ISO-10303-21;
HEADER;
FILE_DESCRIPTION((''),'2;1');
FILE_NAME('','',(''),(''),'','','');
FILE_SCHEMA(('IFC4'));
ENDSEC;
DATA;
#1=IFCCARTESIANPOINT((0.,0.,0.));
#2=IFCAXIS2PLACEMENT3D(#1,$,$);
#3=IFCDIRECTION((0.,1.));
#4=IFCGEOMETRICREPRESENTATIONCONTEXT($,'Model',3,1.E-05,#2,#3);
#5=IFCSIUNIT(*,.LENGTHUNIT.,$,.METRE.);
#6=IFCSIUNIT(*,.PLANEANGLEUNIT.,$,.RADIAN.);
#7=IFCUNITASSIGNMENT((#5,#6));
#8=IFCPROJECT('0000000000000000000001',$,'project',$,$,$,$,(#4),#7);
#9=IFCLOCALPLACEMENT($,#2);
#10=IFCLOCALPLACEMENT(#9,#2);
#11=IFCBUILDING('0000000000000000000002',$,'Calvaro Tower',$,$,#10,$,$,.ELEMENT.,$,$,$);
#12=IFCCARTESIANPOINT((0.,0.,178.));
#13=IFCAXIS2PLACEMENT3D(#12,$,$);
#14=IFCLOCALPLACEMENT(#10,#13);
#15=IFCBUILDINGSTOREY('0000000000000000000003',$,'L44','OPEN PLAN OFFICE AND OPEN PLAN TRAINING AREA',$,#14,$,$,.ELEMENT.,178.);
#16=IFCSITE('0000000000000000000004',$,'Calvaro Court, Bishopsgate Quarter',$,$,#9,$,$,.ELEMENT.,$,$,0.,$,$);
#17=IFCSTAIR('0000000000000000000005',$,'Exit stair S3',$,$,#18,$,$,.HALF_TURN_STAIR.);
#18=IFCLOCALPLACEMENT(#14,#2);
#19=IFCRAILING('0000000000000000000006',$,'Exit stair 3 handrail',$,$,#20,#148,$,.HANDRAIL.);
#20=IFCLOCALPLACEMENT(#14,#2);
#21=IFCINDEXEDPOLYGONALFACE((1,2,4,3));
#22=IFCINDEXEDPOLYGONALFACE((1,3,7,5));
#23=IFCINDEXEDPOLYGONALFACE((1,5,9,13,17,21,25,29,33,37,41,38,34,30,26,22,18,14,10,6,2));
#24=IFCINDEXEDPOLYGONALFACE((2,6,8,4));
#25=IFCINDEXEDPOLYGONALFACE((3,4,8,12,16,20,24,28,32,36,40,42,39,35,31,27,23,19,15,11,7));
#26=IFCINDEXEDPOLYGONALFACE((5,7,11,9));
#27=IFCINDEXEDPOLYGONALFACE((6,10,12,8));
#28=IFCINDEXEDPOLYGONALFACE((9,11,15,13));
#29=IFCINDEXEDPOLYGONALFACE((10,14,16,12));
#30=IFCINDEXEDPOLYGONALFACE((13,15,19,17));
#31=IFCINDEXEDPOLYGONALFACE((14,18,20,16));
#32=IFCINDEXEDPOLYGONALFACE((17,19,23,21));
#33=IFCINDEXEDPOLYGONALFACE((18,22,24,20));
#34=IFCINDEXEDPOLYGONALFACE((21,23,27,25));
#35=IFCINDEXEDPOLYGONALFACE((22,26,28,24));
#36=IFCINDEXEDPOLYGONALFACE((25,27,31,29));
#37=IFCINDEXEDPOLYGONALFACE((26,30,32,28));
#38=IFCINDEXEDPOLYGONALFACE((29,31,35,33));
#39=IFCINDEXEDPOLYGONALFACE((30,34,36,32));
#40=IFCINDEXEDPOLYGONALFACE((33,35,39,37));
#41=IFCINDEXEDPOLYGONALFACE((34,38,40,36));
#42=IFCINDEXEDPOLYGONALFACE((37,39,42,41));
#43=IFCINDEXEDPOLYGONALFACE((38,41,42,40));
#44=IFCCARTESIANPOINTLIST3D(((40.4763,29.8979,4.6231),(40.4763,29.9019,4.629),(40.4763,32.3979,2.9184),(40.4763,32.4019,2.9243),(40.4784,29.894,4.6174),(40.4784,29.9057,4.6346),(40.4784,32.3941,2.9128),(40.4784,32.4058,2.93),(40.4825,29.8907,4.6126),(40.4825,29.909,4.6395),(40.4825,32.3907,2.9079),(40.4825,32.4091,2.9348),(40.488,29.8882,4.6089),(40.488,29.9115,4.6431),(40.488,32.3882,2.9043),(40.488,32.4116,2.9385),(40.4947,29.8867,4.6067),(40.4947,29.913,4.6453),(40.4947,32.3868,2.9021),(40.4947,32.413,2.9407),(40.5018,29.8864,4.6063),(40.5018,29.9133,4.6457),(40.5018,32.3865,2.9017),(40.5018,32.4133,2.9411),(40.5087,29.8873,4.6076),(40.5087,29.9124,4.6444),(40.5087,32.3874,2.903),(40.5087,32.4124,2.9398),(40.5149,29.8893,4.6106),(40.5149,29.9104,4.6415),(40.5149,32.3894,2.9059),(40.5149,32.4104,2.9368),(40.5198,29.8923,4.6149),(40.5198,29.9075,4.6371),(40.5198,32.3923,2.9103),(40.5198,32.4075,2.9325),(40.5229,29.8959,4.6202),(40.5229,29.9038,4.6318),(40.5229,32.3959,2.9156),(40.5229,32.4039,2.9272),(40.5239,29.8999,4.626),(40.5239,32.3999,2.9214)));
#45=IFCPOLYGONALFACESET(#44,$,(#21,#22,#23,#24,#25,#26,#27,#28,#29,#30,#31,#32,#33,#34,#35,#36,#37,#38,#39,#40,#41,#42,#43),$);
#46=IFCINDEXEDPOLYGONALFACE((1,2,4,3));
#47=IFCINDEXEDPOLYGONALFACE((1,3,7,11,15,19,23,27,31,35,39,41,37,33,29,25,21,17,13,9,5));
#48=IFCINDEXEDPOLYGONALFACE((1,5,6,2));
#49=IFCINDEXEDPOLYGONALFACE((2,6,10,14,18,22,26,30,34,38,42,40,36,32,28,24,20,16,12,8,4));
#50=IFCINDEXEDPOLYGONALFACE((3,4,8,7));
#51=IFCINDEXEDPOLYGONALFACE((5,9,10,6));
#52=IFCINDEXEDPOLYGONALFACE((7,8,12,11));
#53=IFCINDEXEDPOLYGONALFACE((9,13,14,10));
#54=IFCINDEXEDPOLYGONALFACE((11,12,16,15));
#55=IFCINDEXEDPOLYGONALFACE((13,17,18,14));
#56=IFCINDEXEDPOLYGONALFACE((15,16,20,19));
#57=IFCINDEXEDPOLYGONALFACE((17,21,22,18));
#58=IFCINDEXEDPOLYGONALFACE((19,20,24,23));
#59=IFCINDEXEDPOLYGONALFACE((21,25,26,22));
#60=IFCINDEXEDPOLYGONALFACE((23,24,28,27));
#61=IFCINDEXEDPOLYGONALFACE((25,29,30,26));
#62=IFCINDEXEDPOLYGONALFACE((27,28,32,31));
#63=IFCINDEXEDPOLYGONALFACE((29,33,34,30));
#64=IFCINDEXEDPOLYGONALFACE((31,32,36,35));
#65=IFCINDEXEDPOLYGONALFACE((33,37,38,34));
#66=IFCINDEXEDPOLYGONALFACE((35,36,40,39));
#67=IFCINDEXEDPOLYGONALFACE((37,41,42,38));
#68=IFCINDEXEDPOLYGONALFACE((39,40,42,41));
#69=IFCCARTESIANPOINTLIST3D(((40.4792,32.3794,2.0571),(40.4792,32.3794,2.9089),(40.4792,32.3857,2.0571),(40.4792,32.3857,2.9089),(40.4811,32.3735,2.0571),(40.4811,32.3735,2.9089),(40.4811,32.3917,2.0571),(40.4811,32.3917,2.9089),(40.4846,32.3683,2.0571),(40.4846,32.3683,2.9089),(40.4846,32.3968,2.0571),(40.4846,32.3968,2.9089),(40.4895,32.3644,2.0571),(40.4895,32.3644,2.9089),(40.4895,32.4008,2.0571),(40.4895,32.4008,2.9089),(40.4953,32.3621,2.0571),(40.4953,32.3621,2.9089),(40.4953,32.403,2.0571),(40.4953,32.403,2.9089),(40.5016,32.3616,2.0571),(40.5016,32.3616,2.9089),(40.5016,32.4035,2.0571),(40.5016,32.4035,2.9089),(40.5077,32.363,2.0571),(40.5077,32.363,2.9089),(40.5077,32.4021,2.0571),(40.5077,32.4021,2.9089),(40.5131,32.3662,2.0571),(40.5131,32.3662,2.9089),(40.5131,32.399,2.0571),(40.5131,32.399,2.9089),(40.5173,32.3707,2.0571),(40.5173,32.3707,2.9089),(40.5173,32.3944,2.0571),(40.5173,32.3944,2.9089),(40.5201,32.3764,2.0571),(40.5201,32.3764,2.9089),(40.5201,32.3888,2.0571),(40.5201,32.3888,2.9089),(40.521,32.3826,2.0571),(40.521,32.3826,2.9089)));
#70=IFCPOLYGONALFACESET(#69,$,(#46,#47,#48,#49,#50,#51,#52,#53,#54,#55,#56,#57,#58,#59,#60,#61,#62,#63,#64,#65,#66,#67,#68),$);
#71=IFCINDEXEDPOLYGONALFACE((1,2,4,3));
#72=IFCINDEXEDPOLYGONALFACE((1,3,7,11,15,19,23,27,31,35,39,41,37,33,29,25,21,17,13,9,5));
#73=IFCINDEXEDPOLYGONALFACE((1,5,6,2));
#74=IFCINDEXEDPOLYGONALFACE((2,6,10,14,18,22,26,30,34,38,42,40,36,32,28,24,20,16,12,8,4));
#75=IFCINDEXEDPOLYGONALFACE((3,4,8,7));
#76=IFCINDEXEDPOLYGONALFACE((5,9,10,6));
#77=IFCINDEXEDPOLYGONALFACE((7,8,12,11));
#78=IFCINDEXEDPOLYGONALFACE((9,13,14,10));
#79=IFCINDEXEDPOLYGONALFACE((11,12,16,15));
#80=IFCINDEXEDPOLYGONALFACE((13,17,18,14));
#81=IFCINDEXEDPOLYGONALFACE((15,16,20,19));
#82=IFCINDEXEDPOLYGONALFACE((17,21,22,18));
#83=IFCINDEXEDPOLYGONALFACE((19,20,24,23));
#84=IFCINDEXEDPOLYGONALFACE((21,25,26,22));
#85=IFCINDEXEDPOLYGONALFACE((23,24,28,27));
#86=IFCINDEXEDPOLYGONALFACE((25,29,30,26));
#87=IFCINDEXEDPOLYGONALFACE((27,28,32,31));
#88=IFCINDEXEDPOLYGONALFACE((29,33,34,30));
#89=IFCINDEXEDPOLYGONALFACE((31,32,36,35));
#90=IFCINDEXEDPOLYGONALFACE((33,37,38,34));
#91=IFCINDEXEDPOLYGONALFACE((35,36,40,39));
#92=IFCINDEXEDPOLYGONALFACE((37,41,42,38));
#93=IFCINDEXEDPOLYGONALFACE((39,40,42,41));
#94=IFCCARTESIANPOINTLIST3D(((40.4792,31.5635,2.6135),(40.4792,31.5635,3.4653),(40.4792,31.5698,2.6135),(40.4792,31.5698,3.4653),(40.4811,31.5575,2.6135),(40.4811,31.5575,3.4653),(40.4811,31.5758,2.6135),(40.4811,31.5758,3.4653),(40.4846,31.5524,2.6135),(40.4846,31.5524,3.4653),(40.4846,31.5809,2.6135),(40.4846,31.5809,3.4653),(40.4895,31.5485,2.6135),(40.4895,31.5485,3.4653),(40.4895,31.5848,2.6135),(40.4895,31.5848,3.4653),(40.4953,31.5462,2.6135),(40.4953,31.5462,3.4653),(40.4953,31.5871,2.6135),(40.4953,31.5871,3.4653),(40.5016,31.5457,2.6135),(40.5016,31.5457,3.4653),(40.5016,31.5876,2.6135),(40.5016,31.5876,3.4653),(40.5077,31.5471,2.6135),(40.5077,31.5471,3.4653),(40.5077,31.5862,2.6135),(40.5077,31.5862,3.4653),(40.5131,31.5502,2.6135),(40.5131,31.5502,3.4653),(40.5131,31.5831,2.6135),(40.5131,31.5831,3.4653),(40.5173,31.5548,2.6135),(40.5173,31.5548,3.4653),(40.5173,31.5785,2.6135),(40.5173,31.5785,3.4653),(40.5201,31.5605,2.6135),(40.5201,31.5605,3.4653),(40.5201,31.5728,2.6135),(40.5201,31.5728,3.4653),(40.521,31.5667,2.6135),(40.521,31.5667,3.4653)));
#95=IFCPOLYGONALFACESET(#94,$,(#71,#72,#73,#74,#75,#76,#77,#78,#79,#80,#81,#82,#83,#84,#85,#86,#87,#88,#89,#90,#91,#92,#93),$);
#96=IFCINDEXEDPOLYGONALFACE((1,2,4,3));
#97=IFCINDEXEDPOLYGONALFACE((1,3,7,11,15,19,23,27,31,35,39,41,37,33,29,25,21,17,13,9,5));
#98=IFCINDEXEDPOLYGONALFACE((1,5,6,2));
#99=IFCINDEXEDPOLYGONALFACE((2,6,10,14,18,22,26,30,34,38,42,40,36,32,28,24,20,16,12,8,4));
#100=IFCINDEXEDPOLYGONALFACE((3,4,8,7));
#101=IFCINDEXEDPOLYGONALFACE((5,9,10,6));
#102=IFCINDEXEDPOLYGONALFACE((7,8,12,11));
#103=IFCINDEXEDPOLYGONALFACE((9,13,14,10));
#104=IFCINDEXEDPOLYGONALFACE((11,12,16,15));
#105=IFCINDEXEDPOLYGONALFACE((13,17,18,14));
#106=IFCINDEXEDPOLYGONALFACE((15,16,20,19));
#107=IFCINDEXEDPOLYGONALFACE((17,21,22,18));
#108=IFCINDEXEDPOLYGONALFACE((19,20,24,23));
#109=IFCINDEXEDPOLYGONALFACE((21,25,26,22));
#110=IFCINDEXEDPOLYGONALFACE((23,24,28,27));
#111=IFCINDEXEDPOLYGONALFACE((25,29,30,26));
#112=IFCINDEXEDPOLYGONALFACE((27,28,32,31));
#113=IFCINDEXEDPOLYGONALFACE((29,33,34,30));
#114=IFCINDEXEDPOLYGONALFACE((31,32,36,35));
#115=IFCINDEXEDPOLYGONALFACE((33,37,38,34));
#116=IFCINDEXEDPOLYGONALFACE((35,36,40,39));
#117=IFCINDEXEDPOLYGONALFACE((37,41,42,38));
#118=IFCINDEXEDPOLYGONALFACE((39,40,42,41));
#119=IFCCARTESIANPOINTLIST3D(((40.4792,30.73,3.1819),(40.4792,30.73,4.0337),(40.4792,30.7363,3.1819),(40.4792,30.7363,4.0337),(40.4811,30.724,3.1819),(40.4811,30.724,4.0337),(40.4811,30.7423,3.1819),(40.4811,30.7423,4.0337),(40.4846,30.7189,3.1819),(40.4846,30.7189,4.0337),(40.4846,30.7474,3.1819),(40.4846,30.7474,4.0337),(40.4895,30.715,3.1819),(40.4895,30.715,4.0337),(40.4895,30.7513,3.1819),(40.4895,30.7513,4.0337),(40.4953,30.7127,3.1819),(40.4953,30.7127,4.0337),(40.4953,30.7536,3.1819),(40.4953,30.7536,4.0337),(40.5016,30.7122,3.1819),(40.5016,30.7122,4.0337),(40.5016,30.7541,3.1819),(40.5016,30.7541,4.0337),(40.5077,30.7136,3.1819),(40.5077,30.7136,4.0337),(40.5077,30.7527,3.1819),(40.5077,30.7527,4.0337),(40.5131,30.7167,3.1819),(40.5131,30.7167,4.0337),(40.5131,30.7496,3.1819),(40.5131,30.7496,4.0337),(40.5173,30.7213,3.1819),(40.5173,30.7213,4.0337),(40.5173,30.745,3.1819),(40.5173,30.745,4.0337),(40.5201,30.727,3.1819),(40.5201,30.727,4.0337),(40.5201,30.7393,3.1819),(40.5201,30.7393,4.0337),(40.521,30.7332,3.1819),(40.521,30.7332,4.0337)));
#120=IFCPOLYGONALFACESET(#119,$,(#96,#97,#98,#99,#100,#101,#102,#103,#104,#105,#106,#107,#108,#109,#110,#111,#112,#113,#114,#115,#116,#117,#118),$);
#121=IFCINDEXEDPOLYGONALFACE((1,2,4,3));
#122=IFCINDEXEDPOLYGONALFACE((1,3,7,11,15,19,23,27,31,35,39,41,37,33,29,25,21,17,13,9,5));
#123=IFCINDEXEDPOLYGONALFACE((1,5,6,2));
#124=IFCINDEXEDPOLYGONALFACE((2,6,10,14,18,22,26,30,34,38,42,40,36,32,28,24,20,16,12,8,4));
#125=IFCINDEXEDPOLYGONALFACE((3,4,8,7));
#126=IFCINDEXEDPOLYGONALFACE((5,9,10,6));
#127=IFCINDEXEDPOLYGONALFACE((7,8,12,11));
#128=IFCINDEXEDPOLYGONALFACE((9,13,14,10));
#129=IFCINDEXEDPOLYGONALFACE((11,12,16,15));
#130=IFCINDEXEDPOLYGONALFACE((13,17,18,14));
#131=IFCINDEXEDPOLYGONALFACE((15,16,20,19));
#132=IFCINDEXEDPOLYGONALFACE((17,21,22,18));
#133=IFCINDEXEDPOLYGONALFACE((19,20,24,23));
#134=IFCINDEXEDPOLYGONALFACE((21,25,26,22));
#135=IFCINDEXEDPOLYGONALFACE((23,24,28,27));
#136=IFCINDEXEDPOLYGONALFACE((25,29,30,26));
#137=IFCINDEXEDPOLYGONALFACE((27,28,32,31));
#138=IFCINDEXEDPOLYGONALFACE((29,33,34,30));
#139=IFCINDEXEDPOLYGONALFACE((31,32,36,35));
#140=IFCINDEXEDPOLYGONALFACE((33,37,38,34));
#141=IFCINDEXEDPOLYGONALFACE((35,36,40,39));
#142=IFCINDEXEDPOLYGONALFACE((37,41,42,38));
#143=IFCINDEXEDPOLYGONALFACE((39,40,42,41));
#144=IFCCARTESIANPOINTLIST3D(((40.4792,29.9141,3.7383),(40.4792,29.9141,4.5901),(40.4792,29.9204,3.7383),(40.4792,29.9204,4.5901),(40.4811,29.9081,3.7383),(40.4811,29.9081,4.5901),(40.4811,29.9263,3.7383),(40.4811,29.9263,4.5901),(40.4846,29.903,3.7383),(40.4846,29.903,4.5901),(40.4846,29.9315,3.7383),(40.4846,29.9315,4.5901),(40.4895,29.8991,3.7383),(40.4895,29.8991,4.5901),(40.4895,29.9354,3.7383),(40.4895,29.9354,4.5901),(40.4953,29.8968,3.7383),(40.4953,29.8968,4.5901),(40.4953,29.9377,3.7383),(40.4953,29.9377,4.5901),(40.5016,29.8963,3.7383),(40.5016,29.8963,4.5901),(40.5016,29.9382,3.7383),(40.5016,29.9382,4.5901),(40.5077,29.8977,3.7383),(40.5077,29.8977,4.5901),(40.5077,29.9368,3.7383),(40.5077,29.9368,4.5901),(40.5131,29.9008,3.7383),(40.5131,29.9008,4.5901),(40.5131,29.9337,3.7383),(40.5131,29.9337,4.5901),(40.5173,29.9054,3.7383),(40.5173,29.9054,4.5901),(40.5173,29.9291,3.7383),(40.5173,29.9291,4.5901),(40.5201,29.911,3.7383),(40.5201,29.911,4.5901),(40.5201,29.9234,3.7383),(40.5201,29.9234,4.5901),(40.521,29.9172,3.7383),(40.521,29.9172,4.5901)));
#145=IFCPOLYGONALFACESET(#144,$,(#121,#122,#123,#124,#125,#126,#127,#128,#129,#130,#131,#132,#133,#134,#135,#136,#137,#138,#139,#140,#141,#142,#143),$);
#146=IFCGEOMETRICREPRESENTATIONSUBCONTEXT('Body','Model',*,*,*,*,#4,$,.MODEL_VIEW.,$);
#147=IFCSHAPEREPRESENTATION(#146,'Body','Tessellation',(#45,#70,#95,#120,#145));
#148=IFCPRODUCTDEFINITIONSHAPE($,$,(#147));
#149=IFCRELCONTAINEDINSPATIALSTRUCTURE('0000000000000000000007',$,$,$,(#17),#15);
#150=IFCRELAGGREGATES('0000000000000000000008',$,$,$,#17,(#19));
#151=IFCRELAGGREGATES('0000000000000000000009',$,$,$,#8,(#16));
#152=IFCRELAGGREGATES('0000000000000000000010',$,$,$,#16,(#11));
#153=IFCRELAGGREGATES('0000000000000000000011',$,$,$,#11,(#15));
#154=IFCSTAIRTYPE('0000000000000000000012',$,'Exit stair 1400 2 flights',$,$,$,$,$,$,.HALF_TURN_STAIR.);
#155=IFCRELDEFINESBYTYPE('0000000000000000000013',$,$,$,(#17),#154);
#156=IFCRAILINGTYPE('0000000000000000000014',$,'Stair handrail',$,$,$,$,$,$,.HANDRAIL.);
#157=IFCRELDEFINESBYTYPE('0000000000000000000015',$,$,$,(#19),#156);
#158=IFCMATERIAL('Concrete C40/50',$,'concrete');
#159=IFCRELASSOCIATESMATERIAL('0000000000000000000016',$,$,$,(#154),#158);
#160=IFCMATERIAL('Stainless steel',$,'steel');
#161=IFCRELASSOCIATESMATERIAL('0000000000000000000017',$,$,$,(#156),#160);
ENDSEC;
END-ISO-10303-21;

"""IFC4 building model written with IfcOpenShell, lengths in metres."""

from ifc_helpers import new_model, si_unit, direction, frame, origin, origin_2d, place, context, subcontext, project, spatial, circle, extrude, material, type_object, element, aggregate, save


model = new_model("IFC4")

# Units and contexts
model_context = context("Model", 3, precision=1e-05, world=origin(), true_north=direction((0.0, 1.0)))
body_context = subcontext(model_context, "Body", "Model", "MODEL_VIEW")
ifc_project = project(units=[si_unit("LENGTHUNIT", "METRE"), si_unit("PLANEANGLEUNIT", "RADIAN")], contexts=[model_context])

# Site, building, storey
site_placement = place(None, origin())
site = spatial("IfcSite", under=ifc_project, at=site_placement, Name="Calvaro Court, Bishopsgate Quarter", CompositionType="ELEMENT", RefElevation=0.0)
building_placement = place(site_placement, origin())
building = spatial("IfcBuilding", under=site, at=building_placement, Name="Calvaro Tower", CompositionType="ELEMENT")
storey_placement = place(building_placement, frame((0.0, 0.0, 178.0)))
storey = spatial("IfcBuildingStorey", under=building, at=storey_placement, Name="L44", Description="OPEN PLAN OFFICE AND OPEN PLAN TRAINING AREA", CompositionType="ELEMENT", Elevation=178.0)

# Stair
ifc_material_1 = material(Name="Concrete C40/50", Category="concrete")
stair_type = type_object("IfcStairType", Name="Exit stair 1400 2 flights", PredefinedType="HALF_TURN_STAIR", material=ifc_material_1)
stair_1_placement = place(storey_placement, origin())
stair_1 = element("IfcStair", 1, at=stair_1_placement, inside=storey, type_object=stair_type, Name="Exit stair S3", PredefinedType="HALF_TURN_STAIR")

# Railing
ifc_material_2 = material(Name="Stainless steel", Category="steel")
railing_type = type_object("IfcRailingType", Name="Stair handrail", PredefinedType="HANDRAIL", material=ifc_material_2)
railing_1_placement = place(storey_placement, frame((40.5, 32.3999, 2.0454)))
railing_1 = element("IfcRailing", 2, at=railing_1_placement, type_object=railing_type, Name="Exit stair 3 handrail", PredefinedType="HANDRAIL", context=body_context, shape_type="SweptSolid", body=[
    extrude(circle(Radius=0.0239, at=origin_2d()), frame((0.0, 0.0, 0.876), z_axis=(0.0, -0.826221, 0.563347), x_axis=(1.0, 0.0, 0.0)), (0.0, 0.0, 1.0), 3.0259),
    extrude(circle(Radius=0.021, at=origin_2d()), frame((0.0, -0.0173, 0.0117)), (0.0, 0.0, 1.0), 0.8518),
    extrude(circle(Radius=0.021, at=origin_2d()), frame((0.0, -0.8333, 0.5681)), (0.0, 0.0, 1.0), 0.8518),
    extrude(circle(Radius=0.021, at=origin_2d()), frame((0.0, -1.6667, 1.1365)), (0.0, 0.0, 1.0), 0.8518),
    extrude(circle(Radius=0.021, at=origin_2d()), frame((0.0, -2.4827, 1.6929)), (0.0, 0.0, 1.0), 0.8518),
])
aggregate(stair_1, [railing_1])

save(model, "model.ifc")
